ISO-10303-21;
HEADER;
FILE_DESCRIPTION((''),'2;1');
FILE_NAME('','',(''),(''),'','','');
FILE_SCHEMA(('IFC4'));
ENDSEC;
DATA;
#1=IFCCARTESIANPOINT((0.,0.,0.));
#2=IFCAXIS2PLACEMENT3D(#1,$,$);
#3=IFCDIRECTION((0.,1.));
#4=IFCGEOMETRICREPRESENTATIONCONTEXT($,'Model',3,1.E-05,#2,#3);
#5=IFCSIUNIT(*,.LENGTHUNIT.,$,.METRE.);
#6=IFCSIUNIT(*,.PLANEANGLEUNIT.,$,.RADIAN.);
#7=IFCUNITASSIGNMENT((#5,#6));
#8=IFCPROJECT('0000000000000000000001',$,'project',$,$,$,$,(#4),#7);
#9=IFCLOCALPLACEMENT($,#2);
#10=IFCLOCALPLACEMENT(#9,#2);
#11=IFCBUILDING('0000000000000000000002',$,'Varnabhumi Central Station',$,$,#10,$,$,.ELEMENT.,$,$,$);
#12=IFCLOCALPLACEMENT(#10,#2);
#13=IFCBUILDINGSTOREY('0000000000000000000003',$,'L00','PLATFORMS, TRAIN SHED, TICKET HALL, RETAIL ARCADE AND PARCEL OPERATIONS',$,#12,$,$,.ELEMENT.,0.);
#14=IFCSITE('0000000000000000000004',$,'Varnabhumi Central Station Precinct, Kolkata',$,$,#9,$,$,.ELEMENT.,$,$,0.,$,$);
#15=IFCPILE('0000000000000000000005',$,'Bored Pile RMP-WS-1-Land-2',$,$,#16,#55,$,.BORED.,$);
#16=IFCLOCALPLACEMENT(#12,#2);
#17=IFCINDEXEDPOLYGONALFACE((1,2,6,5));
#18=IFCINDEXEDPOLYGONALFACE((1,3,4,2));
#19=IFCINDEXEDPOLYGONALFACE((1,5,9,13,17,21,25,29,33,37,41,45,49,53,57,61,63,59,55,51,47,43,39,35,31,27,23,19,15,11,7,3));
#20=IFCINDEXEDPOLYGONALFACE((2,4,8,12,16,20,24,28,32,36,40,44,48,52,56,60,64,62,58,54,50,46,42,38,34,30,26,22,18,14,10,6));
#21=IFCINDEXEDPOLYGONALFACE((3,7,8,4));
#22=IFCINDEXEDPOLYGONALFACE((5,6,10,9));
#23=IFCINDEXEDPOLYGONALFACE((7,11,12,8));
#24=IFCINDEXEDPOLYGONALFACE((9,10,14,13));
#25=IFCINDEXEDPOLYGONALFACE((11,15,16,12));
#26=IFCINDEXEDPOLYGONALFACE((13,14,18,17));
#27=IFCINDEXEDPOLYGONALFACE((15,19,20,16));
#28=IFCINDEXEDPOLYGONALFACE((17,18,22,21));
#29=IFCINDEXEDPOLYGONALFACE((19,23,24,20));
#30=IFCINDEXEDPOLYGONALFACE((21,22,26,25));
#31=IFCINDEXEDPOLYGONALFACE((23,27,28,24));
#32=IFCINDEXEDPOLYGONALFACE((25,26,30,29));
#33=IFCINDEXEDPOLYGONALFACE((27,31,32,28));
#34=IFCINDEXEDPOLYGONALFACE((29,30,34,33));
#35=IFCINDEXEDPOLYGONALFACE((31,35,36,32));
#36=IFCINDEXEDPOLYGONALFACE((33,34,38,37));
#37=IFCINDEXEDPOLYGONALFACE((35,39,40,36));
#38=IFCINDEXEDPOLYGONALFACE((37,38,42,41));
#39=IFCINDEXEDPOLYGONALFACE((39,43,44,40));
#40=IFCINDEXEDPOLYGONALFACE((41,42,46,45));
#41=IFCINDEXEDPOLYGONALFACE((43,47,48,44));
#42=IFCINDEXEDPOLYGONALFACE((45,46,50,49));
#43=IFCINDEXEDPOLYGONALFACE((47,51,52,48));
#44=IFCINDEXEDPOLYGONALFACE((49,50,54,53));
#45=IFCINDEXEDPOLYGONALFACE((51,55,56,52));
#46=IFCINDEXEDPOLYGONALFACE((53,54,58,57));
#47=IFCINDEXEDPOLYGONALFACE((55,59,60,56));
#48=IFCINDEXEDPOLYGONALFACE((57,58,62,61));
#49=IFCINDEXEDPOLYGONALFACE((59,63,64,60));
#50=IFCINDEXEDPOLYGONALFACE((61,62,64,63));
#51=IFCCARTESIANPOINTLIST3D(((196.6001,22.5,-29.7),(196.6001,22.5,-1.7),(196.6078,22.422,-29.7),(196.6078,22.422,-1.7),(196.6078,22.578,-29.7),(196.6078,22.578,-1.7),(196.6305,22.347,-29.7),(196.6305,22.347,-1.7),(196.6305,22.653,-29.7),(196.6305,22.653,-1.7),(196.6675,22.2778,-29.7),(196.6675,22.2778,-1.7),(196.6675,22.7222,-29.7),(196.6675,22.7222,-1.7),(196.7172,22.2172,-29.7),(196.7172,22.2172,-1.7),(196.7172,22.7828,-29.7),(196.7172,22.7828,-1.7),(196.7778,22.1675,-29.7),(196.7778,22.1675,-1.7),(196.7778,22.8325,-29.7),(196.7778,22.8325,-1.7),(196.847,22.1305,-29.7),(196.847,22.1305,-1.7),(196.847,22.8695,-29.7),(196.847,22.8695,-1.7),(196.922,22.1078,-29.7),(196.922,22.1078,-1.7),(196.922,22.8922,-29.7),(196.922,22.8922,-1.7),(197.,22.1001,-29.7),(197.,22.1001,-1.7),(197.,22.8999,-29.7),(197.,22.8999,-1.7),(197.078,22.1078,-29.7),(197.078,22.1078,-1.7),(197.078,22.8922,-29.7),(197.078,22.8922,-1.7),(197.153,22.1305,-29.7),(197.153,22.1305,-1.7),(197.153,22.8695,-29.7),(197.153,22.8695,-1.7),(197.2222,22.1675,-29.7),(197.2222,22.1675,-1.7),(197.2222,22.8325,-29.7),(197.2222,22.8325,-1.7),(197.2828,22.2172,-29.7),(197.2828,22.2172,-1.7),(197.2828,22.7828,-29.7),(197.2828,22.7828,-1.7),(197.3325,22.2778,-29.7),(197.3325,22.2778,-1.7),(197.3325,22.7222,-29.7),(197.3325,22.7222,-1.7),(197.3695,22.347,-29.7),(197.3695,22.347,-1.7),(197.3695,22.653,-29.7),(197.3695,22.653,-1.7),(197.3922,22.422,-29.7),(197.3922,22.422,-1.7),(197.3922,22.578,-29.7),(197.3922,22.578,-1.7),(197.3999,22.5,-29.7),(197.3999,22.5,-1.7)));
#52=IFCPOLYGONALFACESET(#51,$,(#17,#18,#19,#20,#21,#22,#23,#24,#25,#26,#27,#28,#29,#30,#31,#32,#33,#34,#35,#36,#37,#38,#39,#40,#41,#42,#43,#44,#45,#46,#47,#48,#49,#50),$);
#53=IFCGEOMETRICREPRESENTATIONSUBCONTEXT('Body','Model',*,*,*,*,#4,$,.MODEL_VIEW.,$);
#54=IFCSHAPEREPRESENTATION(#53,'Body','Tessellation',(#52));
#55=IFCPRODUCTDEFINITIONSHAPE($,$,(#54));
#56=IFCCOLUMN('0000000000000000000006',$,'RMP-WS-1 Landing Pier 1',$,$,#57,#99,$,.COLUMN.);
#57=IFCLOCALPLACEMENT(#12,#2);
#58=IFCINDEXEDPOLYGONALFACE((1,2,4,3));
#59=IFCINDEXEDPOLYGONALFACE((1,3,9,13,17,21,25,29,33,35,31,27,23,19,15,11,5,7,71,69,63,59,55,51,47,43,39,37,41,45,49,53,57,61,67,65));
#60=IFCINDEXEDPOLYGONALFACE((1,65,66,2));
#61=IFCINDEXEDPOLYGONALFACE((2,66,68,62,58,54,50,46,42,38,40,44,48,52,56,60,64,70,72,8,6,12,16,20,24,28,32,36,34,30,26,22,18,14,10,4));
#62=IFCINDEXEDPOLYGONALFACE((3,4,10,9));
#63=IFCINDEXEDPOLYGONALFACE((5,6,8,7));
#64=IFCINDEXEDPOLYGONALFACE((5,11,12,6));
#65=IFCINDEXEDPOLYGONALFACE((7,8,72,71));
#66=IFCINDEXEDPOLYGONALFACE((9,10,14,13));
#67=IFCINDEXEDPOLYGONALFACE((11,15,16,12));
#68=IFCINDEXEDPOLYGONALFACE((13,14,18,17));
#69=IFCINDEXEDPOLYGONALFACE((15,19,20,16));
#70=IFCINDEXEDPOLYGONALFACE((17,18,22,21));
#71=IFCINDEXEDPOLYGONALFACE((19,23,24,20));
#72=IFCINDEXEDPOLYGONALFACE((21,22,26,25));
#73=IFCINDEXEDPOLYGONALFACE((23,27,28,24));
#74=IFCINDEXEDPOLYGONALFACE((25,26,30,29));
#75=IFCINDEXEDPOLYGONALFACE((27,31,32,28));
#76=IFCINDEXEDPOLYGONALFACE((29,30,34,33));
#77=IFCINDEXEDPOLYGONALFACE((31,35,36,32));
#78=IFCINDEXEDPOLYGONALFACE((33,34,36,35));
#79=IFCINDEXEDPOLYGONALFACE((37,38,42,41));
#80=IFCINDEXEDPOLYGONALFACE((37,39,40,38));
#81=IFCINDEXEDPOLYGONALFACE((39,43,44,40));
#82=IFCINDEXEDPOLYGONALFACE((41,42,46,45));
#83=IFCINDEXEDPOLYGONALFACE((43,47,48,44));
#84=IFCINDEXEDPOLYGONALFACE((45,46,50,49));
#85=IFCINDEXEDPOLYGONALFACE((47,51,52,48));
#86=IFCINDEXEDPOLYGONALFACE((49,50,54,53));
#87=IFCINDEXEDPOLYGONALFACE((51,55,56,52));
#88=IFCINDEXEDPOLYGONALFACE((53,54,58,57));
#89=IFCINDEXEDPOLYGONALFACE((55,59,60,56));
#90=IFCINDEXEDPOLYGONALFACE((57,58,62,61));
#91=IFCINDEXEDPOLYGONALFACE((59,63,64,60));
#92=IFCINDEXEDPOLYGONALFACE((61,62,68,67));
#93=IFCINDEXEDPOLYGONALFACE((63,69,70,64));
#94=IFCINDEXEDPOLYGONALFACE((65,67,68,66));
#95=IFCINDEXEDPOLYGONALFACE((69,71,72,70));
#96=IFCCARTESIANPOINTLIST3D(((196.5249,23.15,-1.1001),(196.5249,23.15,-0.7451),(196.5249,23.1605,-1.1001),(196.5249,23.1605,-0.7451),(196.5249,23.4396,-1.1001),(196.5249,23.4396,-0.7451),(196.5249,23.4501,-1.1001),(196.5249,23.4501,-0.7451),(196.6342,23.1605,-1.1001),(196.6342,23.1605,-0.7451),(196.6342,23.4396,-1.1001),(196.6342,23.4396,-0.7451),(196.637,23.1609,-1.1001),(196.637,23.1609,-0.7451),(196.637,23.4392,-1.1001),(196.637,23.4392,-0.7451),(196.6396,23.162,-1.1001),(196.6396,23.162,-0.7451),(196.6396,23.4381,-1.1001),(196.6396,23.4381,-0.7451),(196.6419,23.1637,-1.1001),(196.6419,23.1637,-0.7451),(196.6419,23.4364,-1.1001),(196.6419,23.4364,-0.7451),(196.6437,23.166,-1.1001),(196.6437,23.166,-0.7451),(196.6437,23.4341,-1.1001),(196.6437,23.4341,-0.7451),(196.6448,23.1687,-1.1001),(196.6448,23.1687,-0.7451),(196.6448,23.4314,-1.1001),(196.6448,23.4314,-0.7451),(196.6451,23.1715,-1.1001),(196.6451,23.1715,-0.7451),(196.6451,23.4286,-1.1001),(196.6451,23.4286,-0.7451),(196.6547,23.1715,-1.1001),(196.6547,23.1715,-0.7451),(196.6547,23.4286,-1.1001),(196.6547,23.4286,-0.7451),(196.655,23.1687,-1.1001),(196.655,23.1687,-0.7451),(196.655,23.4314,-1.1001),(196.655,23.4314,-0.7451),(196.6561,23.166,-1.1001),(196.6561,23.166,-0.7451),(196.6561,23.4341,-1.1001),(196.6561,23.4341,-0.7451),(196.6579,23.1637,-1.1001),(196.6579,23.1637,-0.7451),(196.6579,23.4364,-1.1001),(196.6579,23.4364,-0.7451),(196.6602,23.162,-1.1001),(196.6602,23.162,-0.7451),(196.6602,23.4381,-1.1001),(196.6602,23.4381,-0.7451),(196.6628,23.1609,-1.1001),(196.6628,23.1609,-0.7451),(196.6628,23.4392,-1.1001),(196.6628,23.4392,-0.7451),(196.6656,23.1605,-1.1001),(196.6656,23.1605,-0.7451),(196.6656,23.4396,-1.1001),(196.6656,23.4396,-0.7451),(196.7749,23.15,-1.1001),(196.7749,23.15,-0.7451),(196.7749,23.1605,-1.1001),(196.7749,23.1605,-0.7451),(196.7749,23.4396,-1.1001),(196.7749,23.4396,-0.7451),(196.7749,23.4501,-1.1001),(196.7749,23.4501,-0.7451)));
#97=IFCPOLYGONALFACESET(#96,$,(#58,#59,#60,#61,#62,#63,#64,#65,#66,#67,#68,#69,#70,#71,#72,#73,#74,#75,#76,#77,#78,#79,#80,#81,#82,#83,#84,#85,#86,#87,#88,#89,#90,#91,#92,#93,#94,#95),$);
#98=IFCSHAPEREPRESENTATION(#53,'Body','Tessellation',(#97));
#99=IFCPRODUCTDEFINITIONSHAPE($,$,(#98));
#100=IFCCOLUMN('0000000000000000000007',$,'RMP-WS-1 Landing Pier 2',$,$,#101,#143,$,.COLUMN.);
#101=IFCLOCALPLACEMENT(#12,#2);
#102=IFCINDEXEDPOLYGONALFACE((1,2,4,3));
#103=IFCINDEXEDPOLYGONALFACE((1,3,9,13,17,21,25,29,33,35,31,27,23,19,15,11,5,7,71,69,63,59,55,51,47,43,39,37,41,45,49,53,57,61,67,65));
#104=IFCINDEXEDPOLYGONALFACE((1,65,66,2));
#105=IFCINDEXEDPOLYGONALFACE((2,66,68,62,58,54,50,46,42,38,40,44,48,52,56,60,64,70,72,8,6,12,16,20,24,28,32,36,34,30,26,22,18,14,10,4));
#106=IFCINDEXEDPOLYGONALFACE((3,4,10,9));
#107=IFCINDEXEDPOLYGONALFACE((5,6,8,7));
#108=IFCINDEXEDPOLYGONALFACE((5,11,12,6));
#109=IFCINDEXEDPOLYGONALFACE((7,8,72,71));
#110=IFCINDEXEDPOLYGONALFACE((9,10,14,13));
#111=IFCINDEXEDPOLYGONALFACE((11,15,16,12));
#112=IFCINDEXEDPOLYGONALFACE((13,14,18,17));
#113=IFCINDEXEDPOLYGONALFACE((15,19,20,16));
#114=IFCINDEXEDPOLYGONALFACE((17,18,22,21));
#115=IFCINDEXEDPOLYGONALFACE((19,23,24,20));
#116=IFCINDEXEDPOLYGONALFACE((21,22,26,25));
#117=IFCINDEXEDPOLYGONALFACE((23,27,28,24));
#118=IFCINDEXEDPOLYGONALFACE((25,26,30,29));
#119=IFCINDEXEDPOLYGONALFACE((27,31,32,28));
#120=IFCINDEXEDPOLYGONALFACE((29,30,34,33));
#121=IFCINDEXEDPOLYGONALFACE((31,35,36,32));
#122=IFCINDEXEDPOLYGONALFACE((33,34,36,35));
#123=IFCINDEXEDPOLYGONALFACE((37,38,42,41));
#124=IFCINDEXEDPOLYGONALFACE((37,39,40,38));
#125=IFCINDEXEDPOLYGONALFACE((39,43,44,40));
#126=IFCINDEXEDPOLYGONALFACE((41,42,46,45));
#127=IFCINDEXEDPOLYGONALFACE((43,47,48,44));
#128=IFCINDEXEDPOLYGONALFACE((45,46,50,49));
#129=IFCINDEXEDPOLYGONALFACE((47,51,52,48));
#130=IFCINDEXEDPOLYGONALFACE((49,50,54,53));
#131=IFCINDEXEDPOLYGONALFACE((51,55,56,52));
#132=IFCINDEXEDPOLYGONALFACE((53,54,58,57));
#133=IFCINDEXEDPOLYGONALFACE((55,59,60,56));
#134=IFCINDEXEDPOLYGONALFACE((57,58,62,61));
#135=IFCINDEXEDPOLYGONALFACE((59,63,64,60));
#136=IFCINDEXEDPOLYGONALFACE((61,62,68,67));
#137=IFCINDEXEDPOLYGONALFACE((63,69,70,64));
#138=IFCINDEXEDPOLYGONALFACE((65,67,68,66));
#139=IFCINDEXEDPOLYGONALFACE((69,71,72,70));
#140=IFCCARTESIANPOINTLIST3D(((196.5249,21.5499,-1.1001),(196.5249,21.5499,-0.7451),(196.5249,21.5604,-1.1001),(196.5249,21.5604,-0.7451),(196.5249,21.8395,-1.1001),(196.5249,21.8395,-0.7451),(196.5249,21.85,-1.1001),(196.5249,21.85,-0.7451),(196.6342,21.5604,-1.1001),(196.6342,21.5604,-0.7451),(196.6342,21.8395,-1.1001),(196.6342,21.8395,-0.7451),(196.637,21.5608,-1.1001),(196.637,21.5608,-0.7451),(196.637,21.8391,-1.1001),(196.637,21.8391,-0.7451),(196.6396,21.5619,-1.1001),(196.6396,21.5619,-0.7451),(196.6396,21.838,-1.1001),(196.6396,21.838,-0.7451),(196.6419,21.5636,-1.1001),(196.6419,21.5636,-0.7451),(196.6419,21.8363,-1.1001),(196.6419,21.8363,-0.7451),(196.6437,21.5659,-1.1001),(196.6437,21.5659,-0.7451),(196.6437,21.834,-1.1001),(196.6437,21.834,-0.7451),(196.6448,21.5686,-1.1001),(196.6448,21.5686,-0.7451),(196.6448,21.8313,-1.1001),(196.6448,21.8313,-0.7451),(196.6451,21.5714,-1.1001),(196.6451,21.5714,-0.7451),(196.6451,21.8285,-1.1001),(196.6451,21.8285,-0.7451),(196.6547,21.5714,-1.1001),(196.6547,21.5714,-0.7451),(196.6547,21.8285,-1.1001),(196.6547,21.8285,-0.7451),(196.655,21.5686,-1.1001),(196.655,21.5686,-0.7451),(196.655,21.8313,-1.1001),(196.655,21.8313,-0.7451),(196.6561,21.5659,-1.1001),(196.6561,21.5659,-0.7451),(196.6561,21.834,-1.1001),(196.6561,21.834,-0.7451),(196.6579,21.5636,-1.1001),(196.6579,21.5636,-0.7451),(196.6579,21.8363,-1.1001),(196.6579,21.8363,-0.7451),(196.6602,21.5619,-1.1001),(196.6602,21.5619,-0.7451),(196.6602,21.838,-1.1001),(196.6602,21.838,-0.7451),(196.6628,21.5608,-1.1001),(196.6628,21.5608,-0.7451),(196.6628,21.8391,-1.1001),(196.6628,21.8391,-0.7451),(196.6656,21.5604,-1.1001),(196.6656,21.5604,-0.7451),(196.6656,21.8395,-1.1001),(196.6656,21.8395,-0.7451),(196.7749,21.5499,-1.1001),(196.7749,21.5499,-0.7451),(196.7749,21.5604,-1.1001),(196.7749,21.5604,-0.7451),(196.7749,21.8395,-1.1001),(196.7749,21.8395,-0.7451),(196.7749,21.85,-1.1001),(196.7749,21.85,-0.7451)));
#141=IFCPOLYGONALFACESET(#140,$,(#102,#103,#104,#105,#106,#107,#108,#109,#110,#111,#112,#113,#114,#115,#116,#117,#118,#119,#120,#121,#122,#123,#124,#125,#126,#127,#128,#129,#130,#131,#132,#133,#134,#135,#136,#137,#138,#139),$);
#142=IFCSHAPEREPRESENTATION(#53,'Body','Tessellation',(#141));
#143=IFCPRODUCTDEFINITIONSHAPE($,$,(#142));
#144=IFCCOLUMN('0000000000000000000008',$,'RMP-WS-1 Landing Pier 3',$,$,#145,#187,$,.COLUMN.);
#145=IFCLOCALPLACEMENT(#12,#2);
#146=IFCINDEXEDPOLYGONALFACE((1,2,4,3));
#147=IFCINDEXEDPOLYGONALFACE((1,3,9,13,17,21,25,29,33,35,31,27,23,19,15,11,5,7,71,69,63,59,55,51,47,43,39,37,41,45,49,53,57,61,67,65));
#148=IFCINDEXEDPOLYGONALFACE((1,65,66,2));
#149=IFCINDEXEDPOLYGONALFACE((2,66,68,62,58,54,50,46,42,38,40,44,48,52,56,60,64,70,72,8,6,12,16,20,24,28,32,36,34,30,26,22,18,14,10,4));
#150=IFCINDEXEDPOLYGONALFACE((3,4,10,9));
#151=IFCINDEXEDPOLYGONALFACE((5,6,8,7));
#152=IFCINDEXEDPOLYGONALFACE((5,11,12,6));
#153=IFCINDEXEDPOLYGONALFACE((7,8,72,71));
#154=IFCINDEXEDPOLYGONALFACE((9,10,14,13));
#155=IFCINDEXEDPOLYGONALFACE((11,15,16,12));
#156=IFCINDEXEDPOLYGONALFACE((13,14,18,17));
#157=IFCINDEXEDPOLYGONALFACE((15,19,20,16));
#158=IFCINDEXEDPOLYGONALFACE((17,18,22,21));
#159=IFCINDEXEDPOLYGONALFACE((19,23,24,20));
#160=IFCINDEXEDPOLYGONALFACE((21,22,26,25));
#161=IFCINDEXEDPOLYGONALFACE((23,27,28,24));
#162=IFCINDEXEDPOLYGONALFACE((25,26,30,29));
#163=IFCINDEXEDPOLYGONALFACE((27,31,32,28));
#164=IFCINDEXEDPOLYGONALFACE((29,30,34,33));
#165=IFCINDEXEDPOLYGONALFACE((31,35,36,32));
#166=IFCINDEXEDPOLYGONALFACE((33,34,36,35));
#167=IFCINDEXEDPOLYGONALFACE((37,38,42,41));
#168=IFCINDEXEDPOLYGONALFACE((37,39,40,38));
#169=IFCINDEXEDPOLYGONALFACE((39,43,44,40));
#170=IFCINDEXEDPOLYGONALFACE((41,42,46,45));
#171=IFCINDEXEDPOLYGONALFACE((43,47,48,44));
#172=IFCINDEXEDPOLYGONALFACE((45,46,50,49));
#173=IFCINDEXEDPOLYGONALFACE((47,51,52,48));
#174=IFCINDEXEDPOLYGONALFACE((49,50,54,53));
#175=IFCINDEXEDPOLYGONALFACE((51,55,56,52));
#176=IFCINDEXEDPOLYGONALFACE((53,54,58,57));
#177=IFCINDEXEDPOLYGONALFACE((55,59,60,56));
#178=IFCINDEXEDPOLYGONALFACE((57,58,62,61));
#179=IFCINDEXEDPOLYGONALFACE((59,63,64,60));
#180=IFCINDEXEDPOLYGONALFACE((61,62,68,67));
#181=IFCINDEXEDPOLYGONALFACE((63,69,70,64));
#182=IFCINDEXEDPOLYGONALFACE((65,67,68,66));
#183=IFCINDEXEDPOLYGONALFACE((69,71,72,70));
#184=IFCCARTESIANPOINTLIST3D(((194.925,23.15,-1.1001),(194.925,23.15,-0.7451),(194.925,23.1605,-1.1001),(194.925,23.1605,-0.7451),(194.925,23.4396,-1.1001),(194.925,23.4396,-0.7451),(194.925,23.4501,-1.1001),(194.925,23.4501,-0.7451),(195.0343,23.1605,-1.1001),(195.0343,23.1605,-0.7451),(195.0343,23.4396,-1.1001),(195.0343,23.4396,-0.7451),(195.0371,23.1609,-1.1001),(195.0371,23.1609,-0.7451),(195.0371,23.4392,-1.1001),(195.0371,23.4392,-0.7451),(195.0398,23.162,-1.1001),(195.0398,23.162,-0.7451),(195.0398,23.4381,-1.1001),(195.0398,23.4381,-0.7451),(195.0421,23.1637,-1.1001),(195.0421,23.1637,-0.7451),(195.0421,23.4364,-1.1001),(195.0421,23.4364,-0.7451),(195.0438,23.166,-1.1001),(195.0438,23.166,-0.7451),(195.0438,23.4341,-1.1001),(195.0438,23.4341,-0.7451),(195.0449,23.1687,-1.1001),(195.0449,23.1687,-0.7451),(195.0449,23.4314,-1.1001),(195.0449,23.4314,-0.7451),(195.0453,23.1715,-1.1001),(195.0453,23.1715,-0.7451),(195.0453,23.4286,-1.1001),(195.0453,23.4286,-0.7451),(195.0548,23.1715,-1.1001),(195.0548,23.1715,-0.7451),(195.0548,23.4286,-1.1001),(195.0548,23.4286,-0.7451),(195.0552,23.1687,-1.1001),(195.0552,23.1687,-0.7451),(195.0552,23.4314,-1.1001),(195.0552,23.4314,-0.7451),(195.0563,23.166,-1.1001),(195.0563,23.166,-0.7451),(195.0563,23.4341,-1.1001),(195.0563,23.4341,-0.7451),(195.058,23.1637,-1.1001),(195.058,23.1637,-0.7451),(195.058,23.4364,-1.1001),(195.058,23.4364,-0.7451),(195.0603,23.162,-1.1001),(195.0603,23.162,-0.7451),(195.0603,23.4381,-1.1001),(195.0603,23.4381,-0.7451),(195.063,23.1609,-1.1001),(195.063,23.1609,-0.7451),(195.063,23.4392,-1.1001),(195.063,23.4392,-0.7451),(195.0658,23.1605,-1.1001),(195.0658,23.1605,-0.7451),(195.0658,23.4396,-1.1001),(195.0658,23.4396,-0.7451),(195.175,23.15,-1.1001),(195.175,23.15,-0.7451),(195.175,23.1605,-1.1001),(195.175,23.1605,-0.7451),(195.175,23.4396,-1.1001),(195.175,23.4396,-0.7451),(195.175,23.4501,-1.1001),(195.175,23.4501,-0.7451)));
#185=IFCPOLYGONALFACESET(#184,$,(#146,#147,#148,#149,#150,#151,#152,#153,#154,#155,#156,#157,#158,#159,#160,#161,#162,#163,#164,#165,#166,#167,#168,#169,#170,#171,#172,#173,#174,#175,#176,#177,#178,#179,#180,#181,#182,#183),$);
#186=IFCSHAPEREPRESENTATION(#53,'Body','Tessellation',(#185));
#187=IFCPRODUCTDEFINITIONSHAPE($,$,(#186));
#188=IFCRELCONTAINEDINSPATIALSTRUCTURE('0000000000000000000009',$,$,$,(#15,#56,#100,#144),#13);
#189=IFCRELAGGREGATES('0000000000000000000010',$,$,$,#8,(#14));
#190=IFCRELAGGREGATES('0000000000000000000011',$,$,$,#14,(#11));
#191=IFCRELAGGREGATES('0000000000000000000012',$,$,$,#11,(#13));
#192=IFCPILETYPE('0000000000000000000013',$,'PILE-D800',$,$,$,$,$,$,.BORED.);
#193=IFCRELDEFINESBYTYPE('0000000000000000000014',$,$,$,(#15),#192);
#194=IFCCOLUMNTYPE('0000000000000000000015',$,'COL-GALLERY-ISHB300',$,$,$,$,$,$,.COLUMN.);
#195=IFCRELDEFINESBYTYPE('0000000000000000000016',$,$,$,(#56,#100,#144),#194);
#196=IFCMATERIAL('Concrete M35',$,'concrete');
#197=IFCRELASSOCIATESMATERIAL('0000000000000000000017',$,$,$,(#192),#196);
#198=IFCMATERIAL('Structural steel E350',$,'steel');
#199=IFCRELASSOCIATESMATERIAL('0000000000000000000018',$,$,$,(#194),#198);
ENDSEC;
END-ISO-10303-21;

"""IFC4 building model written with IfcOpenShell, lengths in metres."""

from ifc_helpers import new_model, si_unit, direction, frame, origin, origin_2d, place, context, subcontext, project, spatial, circle, i_section, extrude, material, material_profile, profile_set, type_object, element, save


model = new_model("IFC4")

# Units and contexts
model_context = context("Model", 3, precision=1e-05, world=origin(), true_north=direction((0.0, 1.0)))
body_context = subcontext(model_context, "Body", "Model", "MODEL_VIEW")
ifc_project = project(units=[si_unit("LENGTHUNIT", "METRE"), si_unit("PLANEANGLEUNIT", "RADIAN")], contexts=[model_context])

# Site, building, storey
site_placement = place(None, origin())
site = spatial("IfcSite", under=ifc_project, at=site_placement, Name="Varnabhumi Central Station Precinct, Kolkata", CompositionType="ELEMENT", RefElevation=0.0)
building_placement = place(site_placement, origin())
building = spatial("IfcBuilding", under=site, at=building_placement, Name="Varnabhumi Central Station", CompositionType="ELEMENT")
storey_placement = place(building_placement, origin())
storey = spatial("IfcBuildingStorey", under=building, at=storey_placement, Name="L00", Description="PLATFORMS, TRAIN SHED, TICKET HALL, RETAIL ARCADE AND PARCEL OPERATIONS", CompositionType="ELEMENT", Elevation=0.0)

# Pile
ifc_material_1 = material(Name="Concrete M35", Category="concrete")
ifc_material_profile_1 = material_profile(ifc_material_1, circle(Radius=0.3999, at=origin_2d()), Name="Concrete M35", Category="concrete")
ifc_profile_set_1 = profile_set([ifc_material_profile_1], Name="Concrete M35")
pile_type_1 = type_object("IfcPileType", Name="PILE-D800", PredefinedType="BORED", material=ifc_profile_set_1)
for number, where, z_axis, x_axis, name in (
    (1, (197.0, 22.5, -1.7), (0.0, 0.0, -1.0), (1.0, 0.0, 0.0), "Bored Pile RMP-WS-1-Land-2"),
):
    element("IfcPile", number, at=place(storey_placement, frame(where, z_axis=z_axis, x_axis=x_axis)), inside=storey, type_object=pile_type_1, Name=name, PredefinedType="BORED", context=body_context, shape_type="SweptSolid", body=[
        extrude(circle(Radius=0.3999, at=origin_2d()), origin(), (0.0, 0.0, 1.0), 28.0),
    ])

# Columns
ifc_material_2 = material(Name="Structural steel E350", Category="steel")
ifc_material_profile_2 = material_profile(ifc_material_2, i_section(OverallWidth=0.25, OverallDepth=0.3, WebThickness=0.0095, FlangeThickness=0.0105, FilletRadius=0.011, at=origin_2d()), Name="Structural steel E350", Category="steel")
ifc_profile_set_2 = profile_set([ifc_material_profile_2], Name="Structural steel E350")
column_type_1 = type_object("IfcColumnType", Name="COL-GALLERY-ISHB300", PredefinedType="COLUMN", material=ifc_profile_set_2)
for number, where, z_axis, x_axis, name in (
    (2, (196.6499, 23.3, -1.1001), (0.0, 0.0, 1.0), (1.0, 0.0, 0.0), "RMP-WS-1 Landing Pier 1"),
    (3, (196.6499, 21.7, -1.1001), (0.0, 0.0, 1.0), (1.0, 0.0, 0.0), "RMP-WS-1 Landing Pier 2"),
    (4, (195.05, 23.3, -1.1001), (0.0, 0.0, 1.0), (1.0, 0.0, 0.0), "RMP-WS-1 Landing Pier 3"),
):
    element("IfcColumn", number, at=place(storey_placement, frame(where, z_axis=z_axis, x_axis=x_axis)), inside=storey, type_object=column_type_1, Name=name, PredefinedType="COLUMN", context=body_context, shape_type="SweptSolid", body=[
        extrude(i_section(OverallWidth=0.25, OverallDepth=0.3, WebThickness=0.0095, FlangeThickness=0.0105, FilletRadius=0.011, at=origin_2d()), origin(), (0.0, 0.0, 1.0), 0.355),
    ])

save(model, "model.ifc")
